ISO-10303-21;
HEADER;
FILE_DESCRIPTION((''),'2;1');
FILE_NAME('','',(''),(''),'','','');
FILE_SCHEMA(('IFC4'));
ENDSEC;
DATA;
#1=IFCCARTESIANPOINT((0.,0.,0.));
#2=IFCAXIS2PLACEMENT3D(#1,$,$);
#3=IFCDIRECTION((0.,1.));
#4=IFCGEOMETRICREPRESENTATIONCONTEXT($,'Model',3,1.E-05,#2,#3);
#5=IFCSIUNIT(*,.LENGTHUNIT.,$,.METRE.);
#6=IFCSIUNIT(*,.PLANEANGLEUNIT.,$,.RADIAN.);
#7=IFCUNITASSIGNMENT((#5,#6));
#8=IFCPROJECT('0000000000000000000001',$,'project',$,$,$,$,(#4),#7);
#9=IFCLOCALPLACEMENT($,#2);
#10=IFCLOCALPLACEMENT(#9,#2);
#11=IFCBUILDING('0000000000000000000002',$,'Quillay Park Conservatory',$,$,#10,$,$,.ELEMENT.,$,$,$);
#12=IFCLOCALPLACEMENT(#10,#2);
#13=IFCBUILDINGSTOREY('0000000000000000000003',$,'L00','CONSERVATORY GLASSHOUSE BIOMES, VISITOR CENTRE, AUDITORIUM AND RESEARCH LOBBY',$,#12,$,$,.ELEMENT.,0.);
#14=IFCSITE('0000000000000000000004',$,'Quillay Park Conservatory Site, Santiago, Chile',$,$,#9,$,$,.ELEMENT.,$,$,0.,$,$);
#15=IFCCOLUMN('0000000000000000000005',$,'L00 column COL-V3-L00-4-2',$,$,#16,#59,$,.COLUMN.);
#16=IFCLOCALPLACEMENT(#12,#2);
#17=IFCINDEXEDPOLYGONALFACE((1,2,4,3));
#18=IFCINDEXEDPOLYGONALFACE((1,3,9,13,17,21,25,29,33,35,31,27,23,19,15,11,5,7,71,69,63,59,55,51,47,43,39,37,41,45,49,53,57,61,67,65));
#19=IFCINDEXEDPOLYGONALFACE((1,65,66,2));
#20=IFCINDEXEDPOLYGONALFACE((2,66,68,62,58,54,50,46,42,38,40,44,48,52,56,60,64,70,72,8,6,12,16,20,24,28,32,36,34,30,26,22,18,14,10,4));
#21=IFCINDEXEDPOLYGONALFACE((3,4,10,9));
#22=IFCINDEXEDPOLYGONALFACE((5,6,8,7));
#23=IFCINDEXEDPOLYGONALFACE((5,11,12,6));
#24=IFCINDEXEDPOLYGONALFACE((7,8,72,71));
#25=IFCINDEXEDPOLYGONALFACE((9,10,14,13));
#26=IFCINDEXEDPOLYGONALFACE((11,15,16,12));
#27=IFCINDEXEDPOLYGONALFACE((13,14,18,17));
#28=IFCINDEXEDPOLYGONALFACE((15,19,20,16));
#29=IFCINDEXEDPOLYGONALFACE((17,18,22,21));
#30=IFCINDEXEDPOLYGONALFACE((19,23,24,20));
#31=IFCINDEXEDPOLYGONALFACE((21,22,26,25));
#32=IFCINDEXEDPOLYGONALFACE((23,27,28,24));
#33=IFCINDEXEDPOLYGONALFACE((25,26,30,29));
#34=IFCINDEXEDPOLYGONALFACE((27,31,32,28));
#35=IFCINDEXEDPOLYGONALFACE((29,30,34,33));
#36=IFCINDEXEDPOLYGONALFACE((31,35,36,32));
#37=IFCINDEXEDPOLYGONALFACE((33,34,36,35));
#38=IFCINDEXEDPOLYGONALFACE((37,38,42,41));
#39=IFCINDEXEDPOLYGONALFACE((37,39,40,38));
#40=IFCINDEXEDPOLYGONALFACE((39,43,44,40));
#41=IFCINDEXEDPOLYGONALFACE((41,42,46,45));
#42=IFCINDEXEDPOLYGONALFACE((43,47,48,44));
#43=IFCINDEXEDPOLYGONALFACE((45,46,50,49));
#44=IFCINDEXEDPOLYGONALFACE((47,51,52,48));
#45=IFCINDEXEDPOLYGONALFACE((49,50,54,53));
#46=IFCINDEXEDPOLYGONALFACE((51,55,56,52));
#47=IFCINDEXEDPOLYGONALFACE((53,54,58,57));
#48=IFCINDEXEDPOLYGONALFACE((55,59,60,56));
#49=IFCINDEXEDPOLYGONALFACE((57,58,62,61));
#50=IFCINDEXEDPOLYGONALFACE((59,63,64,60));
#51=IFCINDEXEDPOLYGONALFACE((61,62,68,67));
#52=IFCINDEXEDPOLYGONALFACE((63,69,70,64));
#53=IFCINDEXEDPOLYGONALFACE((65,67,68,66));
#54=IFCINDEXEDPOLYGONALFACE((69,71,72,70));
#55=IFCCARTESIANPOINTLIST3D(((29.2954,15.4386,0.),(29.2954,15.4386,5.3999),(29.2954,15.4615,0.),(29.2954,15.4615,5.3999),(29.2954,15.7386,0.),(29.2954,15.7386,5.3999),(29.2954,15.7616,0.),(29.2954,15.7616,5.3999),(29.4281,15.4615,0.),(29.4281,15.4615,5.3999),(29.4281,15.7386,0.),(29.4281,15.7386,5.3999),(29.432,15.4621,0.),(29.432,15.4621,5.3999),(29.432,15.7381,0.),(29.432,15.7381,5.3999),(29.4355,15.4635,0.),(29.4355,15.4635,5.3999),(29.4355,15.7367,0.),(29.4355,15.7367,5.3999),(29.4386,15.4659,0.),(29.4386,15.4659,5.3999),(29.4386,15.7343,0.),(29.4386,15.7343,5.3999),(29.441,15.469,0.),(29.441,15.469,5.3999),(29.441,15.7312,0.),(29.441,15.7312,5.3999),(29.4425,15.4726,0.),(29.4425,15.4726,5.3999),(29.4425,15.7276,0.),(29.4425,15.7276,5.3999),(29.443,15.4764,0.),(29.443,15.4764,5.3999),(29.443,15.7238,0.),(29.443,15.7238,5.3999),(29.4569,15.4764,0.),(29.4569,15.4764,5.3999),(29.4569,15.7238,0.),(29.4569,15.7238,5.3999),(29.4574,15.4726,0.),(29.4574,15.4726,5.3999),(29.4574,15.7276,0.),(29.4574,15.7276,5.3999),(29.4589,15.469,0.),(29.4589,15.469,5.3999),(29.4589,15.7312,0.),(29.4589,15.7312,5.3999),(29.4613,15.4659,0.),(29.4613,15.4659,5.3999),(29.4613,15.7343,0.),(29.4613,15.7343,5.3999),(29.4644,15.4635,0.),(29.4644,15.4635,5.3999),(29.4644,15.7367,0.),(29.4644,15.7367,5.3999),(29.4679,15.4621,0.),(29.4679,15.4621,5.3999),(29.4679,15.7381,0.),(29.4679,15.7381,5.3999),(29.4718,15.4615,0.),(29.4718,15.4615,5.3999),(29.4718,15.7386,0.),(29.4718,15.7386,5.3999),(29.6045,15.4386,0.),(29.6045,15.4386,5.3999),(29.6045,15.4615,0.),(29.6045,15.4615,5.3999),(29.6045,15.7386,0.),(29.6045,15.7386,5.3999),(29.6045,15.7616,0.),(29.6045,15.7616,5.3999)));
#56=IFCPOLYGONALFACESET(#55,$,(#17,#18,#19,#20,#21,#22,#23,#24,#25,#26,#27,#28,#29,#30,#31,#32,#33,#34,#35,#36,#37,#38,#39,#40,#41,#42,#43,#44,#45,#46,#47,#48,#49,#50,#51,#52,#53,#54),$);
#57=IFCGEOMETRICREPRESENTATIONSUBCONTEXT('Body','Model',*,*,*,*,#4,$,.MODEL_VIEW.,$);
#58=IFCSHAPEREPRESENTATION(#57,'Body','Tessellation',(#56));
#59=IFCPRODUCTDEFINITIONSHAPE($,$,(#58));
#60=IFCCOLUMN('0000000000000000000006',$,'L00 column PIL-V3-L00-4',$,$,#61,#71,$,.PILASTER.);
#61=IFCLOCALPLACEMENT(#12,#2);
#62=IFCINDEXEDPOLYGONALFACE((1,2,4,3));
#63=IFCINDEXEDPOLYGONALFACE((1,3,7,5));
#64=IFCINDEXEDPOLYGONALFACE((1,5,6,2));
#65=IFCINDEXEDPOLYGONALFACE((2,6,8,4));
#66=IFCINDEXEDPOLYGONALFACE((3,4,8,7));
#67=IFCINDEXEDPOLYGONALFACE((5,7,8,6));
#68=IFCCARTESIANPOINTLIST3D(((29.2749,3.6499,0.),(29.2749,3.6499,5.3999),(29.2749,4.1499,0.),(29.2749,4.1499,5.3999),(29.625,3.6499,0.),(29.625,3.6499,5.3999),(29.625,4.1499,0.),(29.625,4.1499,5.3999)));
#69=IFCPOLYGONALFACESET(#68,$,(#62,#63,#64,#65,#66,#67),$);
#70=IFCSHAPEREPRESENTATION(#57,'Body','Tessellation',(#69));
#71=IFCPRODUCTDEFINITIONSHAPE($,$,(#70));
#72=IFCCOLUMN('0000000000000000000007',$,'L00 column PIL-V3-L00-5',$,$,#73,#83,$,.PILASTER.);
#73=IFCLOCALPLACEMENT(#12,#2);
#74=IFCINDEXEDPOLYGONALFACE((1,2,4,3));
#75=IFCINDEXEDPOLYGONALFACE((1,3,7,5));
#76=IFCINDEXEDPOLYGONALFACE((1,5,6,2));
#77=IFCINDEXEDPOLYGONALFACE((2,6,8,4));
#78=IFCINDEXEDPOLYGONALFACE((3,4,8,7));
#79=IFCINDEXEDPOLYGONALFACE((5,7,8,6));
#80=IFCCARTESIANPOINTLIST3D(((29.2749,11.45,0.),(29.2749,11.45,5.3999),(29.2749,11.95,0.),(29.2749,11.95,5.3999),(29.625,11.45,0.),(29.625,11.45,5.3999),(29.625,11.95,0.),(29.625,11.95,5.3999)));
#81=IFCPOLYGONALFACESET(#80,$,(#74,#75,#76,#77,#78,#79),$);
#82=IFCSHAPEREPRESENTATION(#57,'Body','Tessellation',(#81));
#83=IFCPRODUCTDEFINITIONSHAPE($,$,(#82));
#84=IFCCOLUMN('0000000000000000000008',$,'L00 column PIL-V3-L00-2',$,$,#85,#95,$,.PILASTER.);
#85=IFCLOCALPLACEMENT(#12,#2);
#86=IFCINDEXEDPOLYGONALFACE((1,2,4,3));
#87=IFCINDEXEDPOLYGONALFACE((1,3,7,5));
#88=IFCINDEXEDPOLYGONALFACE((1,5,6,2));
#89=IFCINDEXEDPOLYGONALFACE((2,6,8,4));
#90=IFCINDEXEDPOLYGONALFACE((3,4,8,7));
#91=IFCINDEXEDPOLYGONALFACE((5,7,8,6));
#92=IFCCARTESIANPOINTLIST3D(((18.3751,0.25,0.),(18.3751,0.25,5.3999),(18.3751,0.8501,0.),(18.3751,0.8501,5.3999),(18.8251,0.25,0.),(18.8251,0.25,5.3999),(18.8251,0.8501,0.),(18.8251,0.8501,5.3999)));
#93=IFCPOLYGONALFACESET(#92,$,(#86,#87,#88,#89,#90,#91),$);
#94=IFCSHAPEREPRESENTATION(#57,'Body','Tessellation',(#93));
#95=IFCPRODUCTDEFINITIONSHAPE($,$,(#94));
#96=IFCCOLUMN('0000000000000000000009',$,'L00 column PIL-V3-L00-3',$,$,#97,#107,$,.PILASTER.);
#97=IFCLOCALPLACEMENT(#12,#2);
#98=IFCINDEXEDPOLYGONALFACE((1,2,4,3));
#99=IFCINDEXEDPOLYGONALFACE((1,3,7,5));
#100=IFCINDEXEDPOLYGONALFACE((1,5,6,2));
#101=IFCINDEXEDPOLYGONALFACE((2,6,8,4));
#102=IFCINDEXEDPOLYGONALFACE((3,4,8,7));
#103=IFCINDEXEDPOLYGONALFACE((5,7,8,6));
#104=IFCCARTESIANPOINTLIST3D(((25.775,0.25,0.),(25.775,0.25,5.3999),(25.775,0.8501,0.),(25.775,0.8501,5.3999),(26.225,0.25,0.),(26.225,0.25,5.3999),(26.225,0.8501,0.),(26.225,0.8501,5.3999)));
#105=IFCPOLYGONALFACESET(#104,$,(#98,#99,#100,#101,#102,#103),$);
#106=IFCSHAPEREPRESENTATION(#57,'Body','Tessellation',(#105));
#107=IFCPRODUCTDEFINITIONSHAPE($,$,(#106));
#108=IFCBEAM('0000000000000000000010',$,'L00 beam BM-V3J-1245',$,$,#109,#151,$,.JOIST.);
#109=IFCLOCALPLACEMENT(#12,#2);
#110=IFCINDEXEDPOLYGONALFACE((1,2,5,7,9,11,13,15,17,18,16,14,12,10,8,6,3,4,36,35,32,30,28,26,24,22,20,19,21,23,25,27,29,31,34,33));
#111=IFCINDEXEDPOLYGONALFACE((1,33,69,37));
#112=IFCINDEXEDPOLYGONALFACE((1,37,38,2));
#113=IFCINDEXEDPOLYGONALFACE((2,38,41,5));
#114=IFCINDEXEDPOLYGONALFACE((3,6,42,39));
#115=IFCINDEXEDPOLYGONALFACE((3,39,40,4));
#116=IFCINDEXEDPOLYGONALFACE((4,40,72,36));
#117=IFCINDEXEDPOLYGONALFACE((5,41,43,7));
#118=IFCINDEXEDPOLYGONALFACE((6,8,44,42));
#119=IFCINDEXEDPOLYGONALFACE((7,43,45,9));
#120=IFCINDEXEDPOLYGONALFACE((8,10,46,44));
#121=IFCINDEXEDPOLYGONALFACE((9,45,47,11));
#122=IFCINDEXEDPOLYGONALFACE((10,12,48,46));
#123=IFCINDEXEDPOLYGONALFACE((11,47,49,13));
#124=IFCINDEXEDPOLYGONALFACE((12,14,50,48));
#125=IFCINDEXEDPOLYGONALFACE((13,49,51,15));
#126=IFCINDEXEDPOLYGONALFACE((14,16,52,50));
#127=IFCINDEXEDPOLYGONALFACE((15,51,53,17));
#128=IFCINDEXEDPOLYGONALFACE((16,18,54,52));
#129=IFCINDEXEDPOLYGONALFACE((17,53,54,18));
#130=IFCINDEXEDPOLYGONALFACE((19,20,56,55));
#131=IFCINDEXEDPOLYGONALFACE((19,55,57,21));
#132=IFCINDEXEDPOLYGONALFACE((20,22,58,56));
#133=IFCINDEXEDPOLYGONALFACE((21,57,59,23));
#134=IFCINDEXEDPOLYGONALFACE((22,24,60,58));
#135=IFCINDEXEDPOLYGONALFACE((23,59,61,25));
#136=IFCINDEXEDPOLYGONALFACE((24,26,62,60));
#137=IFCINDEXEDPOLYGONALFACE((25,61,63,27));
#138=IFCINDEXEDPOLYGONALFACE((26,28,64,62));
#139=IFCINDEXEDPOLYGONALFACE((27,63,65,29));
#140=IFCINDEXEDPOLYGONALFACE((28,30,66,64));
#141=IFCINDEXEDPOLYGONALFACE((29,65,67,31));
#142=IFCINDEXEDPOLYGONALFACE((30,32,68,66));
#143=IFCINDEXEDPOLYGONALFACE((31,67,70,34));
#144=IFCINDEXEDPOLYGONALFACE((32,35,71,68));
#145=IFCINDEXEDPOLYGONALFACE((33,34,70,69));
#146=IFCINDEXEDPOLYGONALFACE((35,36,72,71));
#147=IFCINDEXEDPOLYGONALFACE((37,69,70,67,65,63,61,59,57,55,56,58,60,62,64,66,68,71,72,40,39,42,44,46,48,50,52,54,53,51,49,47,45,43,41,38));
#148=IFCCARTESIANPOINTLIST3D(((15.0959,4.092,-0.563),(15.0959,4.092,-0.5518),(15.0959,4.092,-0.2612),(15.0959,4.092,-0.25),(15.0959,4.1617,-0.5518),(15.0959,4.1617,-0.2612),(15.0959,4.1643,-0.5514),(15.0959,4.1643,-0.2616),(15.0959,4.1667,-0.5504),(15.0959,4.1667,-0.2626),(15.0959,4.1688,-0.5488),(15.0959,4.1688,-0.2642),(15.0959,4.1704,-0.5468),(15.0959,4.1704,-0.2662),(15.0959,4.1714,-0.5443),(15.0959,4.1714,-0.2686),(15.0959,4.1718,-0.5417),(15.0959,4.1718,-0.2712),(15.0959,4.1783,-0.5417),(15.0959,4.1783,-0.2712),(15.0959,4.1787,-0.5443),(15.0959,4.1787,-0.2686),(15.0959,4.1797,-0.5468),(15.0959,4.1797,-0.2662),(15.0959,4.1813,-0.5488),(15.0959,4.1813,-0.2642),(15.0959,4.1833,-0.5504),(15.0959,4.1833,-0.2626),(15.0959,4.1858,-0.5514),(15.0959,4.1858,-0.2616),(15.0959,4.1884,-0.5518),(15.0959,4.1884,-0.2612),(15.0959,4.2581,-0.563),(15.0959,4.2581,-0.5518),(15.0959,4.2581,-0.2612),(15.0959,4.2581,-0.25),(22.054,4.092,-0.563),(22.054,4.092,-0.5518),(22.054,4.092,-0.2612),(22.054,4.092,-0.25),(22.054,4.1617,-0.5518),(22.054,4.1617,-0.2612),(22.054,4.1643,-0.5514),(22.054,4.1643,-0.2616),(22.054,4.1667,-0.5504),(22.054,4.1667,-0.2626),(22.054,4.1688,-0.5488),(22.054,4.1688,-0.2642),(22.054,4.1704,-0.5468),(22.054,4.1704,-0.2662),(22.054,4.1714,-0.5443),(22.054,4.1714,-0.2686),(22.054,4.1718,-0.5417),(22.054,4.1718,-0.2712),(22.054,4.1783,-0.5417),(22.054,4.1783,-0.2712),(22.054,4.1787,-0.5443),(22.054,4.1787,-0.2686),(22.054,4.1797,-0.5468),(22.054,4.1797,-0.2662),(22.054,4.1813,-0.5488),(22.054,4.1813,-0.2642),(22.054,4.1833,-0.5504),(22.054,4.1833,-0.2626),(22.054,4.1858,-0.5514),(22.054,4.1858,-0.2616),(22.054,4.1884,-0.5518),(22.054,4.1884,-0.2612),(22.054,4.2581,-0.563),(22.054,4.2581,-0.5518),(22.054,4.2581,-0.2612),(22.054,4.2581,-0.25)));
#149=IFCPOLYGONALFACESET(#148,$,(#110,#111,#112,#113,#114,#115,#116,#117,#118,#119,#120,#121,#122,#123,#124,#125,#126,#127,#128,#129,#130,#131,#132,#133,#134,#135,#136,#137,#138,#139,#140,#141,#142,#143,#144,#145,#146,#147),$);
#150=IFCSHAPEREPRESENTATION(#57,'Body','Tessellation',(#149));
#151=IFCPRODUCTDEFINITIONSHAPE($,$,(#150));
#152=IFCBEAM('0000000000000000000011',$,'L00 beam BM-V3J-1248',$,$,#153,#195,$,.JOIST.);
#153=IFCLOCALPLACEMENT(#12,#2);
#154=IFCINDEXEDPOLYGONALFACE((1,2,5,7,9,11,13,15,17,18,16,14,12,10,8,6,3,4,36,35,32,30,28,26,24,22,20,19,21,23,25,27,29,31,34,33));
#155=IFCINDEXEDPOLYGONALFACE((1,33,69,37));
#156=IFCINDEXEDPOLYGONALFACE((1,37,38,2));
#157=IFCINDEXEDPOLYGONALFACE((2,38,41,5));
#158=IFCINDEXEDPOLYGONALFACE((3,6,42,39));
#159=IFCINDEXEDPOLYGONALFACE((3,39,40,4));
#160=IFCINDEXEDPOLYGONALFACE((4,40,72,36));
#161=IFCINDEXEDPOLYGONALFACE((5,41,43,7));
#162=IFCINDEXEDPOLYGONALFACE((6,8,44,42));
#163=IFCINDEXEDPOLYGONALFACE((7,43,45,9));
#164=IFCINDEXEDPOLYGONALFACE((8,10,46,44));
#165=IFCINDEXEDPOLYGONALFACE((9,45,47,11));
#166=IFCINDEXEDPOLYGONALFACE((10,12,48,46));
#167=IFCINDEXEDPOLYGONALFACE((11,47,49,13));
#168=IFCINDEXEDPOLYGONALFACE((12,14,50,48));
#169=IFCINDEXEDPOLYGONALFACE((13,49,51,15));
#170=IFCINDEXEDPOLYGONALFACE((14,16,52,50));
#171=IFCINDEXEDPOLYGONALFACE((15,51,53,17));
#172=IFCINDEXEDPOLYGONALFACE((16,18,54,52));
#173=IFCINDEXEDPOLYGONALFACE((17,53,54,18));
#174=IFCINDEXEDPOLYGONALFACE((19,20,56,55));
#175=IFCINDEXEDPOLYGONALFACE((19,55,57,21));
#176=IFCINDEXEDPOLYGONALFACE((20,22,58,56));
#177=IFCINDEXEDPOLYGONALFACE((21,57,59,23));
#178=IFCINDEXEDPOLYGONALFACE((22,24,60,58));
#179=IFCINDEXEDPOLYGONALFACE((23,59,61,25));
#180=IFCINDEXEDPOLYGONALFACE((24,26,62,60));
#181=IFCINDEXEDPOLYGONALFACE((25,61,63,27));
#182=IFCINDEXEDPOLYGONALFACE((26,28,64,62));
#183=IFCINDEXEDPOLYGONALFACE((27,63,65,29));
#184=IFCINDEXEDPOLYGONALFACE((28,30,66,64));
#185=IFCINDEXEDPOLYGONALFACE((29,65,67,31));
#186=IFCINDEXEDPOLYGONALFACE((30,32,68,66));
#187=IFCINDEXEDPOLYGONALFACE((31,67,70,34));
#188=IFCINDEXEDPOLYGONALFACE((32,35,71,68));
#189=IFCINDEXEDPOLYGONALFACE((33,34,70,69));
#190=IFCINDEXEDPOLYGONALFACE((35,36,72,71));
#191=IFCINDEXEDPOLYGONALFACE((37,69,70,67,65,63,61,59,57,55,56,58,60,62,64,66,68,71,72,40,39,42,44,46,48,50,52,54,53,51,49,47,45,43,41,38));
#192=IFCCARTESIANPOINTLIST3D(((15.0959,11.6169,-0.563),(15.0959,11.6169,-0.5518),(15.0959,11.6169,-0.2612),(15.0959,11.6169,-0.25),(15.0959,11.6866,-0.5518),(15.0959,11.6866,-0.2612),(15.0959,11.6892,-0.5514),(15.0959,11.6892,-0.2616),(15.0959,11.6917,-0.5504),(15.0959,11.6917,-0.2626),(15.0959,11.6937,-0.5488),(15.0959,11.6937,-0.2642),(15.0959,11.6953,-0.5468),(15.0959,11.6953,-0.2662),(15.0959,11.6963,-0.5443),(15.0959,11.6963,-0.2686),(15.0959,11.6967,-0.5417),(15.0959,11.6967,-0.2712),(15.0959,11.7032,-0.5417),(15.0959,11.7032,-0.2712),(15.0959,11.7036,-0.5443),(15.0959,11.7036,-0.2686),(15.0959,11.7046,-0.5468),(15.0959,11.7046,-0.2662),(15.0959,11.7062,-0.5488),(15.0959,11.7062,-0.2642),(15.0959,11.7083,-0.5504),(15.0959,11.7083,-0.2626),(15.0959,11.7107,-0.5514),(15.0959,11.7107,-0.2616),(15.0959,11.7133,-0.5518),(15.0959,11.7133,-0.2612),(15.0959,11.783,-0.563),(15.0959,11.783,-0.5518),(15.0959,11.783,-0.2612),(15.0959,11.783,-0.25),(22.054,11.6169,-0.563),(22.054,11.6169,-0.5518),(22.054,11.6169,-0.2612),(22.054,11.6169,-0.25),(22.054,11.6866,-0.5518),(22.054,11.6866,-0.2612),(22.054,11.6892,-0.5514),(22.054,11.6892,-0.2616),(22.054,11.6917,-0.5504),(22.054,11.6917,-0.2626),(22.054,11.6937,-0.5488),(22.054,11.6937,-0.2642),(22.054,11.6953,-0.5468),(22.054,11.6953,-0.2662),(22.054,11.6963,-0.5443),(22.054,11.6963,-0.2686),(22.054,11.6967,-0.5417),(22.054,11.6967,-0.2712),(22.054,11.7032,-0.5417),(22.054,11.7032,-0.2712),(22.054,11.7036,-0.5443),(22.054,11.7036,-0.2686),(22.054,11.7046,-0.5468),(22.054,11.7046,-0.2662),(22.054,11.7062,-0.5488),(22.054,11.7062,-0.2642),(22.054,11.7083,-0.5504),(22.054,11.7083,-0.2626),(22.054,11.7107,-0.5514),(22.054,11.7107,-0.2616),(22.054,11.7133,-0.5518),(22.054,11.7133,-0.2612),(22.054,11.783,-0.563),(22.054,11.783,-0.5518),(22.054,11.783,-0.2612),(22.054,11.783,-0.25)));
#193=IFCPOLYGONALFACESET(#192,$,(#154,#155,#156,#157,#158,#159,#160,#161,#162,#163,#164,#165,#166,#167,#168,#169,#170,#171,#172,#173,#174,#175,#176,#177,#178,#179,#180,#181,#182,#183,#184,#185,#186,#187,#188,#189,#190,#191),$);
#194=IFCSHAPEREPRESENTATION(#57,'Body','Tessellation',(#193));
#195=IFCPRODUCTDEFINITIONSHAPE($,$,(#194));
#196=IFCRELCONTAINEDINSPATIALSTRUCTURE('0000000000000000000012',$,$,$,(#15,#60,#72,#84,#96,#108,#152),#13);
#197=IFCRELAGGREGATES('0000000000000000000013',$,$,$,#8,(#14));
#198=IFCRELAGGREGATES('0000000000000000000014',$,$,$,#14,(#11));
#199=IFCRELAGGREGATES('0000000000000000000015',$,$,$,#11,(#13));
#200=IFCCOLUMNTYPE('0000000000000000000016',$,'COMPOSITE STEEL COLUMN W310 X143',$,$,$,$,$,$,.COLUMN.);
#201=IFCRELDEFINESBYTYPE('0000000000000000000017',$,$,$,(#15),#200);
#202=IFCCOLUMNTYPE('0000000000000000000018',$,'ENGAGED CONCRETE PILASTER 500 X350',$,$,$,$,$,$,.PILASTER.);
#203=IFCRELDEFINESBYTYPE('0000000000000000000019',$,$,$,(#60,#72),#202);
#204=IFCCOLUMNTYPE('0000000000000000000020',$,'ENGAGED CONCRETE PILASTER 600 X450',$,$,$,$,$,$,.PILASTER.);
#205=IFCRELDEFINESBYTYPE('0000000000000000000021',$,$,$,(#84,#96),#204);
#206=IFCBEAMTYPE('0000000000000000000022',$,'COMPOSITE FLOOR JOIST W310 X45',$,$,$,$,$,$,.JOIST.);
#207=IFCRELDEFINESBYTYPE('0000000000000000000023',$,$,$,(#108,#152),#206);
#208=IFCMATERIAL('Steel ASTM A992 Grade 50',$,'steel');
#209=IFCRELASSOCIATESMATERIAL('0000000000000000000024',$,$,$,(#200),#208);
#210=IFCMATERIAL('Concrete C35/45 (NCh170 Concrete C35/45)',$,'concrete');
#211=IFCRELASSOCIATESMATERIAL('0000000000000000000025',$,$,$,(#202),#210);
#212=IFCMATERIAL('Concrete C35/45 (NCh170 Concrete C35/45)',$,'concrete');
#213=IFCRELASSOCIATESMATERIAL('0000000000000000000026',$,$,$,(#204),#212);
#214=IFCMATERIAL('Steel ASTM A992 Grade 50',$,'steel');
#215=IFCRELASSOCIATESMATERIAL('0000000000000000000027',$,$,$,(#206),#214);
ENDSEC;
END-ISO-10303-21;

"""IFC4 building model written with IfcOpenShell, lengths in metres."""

from ifc_helpers import new_model, si_unit, direction, frame, origin, origin_2d, place, context, subcontext, project, spatial, rectangle, i_section, extrude, material, material_profile, profile_set, type_object, element, save


model = new_model("IFC4")

# Units and contexts
model_context = context("Model", 3, precision=1e-05, world=origin(), true_north=direction((0.0, 1.0)))
body_context = subcontext(model_context, "Body", "Model", "MODEL_VIEW")
ifc_project = project(units=[si_unit("LENGTHUNIT", "METRE"), si_unit("PLANEANGLEUNIT", "RADIAN")], contexts=[model_context])

# Site, building, storey
site_placement = place(None, origin())
site = spatial("IfcSite", under=ifc_project, at=site_placement, Name="Quillay Park Conservatory Site, Santiago, Chile", CompositionType="ELEMENT", RefElevation=0.0)
building_placement = place(site_placement, origin())
building = spatial("IfcBuilding", under=site, at=building_placement, Name="Quillay Park Conservatory", CompositionType="ELEMENT")
storey_placement = place(building_placement, origin())
storey = spatial("IfcBuildingStorey", under=building, at=storey_placement, Name="L00", Description="CONSERVATORY GLASSHOUSE BIOMES, VISITOR CENTRE, AUDITORIUM AND RESEARCH LOBBY", CompositionType="ELEMENT", Elevation=0.0)

# Columns
ifc_material_1 = material(Name="Steel ASTM A992 Grade 50", Category="steel")
ifc_material_profile_1 = material_profile(ifc_material_1, i_section(OverallWidth=0.3091, OverallDepth=0.323, WebThickness=0.0139, FlangeThickness=0.0229, FilletRadius=0.0149, at=origin_2d()), Name="W310x143")
ifc_profile_set_1 = profile_set([ifc_material_profile_1], Name="Steel ASTM A992 Grade 50")
column_type_1 = type_object("IfcColumnType", Name="COMPOSITE STEEL COLUMN W310 X143", PredefinedType="COLUMN", material=ifc_profile_set_1)
for number, where, z_axis, x_axis, name in (
    (1, (29.45, 15.6001, 0.0), (0.0, 0.0, 1.0), (1.0, 0.0, 0.0), "L00 column COL-V3-L00-4-2"),
):
    element("IfcColumn", number, at=place(storey_placement, frame(where, z_axis=z_axis, x_axis=x_axis)), inside=storey, type_object=column_type_1, Name=name, PredefinedType="COLUMN", context=body_context, shape_type="SweptSolid", body=[
        extrude(i_section(OverallWidth=0.3091, OverallDepth=0.323, WebThickness=0.0139, FlangeThickness=0.0229, FilletRadius=0.0149, at=origin_2d()), origin(), (0.0, 0.0, 1.0), 5.3999),
    ])
ifc_material_2 = material(Name="Concrete C35/45 (NCh170 Concrete C35/45)", Category="concrete")
ifc_material_profile_2 = material_profile(ifc_material_2, rectangle(XDim=0.3501, YDim=0.5, at=origin_2d()), Name="RC500x350")
ifc_profile_set_2 = profile_set([ifc_material_profile_2], Name="Concrete C35/45 (NCh170 Concrete C35/45)")
column_type_2 = type_object("IfcColumnType", Name="ENGAGED CONCRETE PILASTER 500 X350", PredefinedType="PILASTER", material=ifc_profile_set_2)
for number, where, z_axis, x_axis, name in (
    (2, (29.45, 3.8999, 0.0), (0.0, 0.0, 1.0), (1.0, 0.0, 0.0), "L00 column PIL-V3-L00-4"),
    (3, (29.45, 11.7, 0.0), (0.0, 0.0, 1.0), (1.0, 0.0, 0.0), "L00 column PIL-V3-L00-5"),
):
    element("IfcColumn", number, at=place(storey_placement, frame(where, z_axis=z_axis, x_axis=x_axis)), inside=storey, type_object=column_type_2, Name=name, PredefinedType="PILASTER", context=body_context, shape_type="SweptSolid", body=[
        extrude(rectangle(XDim=0.3501, YDim=0.5, at=origin_2d()), origin(), (0.0, 0.0, 1.0), 5.3999),
    ])
ifc_material_3 = material(Name="Concrete C35/45 (NCh170 Concrete C35/45)", Category="concrete")
ifc_material_profile_3 = material_profile(ifc_material_3, rectangle(XDim=0.45, YDim=0.6001, at=origin_2d()), Name="RC600x450")
ifc_profile_set_3 = profile_set([ifc_material_profile_3], Name="Concrete C35/45 (NCh170 Concrete C35/45)")
column_type_3 = type_object("IfcColumnType", Name="ENGAGED CONCRETE PILASTER 600 X450", PredefinedType="PILASTER", material=ifc_profile_set_3)
for number, where, z_axis, x_axis, name in (
    (4, (18.6001, 0.55, 0.0), (0.0, 0.0, 1.0), (1.0, 0.0, 0.0), "L00 column PIL-V3-L00-2"),
    (5, (26.0, 0.55, 0.0), (0.0, 0.0, 1.0), (1.0, 0.0, 0.0), "L00 column PIL-V3-L00-3"),
):
    element("IfcColumn", number, at=place(storey_placement, frame(where, z_axis=z_axis, x_axis=x_axis)), inside=storey, type_object=column_type_3, Name=name, PredefinedType="PILASTER", context=body_context, shape_type="SweptSolid", body=[
        extrude(rectangle(XDim=0.45, YDim=0.6001, at=origin_2d()), origin(), (0.0, 0.0, 1.0), 5.3999),
    ])

# Beams
ifc_material_4 = material(Name="Steel ASTM A992 Grade 50", Category="steel")
ifc_material_profile_4 = material_profile(ifc_material_4, i_section(OverallWidth=0.166, OverallDepth=0.313, WebThickness=0.0066, FlangeThickness=0.0112, FilletRadius=0.01, at=origin_2d()), Name="W310x45")
ifc_profile_set_4 = profile_set([ifc_material_profile_4], Name="Steel ASTM A992 Grade 50")
beam_type_1 = type_object("IfcBeamType", Name="COMPOSITE FLOOR JOIST W310 X45", PredefinedType="JOIST", material=ifc_profile_set_4)
for number, where, z_axis, x_axis, name in (
    (6, (15.0959, 4.175, -0.4065), (1.0, 0.0, 0.0), (0.0, 1.0, 0.0), "L00 beam BM-V3J-1245"),
    (7, (15.0959, 11.7, -0.4065), (1.0, 0.0, 0.0), (0.0, 1.0, 0.0), "L00 beam BM-V3J-1248"),
):
    element("IfcBeam", number, at=place(storey_placement, frame(where, z_axis=z_axis, x_axis=x_axis)), inside=storey, type_object=beam_type_1, Name=name, PredefinedType="JOIST", context=body_context, shape_type="SweptSolid", body=[
        extrude(i_section(OverallWidth=0.166, OverallDepth=0.313, WebThickness=0.0066, FlangeThickness=0.0112, FilletRadius=0.01, at=origin_2d()), origin(), (0.0, 0.0, 1.0), 6.958),
    ])

save(model, "model.ifc")
